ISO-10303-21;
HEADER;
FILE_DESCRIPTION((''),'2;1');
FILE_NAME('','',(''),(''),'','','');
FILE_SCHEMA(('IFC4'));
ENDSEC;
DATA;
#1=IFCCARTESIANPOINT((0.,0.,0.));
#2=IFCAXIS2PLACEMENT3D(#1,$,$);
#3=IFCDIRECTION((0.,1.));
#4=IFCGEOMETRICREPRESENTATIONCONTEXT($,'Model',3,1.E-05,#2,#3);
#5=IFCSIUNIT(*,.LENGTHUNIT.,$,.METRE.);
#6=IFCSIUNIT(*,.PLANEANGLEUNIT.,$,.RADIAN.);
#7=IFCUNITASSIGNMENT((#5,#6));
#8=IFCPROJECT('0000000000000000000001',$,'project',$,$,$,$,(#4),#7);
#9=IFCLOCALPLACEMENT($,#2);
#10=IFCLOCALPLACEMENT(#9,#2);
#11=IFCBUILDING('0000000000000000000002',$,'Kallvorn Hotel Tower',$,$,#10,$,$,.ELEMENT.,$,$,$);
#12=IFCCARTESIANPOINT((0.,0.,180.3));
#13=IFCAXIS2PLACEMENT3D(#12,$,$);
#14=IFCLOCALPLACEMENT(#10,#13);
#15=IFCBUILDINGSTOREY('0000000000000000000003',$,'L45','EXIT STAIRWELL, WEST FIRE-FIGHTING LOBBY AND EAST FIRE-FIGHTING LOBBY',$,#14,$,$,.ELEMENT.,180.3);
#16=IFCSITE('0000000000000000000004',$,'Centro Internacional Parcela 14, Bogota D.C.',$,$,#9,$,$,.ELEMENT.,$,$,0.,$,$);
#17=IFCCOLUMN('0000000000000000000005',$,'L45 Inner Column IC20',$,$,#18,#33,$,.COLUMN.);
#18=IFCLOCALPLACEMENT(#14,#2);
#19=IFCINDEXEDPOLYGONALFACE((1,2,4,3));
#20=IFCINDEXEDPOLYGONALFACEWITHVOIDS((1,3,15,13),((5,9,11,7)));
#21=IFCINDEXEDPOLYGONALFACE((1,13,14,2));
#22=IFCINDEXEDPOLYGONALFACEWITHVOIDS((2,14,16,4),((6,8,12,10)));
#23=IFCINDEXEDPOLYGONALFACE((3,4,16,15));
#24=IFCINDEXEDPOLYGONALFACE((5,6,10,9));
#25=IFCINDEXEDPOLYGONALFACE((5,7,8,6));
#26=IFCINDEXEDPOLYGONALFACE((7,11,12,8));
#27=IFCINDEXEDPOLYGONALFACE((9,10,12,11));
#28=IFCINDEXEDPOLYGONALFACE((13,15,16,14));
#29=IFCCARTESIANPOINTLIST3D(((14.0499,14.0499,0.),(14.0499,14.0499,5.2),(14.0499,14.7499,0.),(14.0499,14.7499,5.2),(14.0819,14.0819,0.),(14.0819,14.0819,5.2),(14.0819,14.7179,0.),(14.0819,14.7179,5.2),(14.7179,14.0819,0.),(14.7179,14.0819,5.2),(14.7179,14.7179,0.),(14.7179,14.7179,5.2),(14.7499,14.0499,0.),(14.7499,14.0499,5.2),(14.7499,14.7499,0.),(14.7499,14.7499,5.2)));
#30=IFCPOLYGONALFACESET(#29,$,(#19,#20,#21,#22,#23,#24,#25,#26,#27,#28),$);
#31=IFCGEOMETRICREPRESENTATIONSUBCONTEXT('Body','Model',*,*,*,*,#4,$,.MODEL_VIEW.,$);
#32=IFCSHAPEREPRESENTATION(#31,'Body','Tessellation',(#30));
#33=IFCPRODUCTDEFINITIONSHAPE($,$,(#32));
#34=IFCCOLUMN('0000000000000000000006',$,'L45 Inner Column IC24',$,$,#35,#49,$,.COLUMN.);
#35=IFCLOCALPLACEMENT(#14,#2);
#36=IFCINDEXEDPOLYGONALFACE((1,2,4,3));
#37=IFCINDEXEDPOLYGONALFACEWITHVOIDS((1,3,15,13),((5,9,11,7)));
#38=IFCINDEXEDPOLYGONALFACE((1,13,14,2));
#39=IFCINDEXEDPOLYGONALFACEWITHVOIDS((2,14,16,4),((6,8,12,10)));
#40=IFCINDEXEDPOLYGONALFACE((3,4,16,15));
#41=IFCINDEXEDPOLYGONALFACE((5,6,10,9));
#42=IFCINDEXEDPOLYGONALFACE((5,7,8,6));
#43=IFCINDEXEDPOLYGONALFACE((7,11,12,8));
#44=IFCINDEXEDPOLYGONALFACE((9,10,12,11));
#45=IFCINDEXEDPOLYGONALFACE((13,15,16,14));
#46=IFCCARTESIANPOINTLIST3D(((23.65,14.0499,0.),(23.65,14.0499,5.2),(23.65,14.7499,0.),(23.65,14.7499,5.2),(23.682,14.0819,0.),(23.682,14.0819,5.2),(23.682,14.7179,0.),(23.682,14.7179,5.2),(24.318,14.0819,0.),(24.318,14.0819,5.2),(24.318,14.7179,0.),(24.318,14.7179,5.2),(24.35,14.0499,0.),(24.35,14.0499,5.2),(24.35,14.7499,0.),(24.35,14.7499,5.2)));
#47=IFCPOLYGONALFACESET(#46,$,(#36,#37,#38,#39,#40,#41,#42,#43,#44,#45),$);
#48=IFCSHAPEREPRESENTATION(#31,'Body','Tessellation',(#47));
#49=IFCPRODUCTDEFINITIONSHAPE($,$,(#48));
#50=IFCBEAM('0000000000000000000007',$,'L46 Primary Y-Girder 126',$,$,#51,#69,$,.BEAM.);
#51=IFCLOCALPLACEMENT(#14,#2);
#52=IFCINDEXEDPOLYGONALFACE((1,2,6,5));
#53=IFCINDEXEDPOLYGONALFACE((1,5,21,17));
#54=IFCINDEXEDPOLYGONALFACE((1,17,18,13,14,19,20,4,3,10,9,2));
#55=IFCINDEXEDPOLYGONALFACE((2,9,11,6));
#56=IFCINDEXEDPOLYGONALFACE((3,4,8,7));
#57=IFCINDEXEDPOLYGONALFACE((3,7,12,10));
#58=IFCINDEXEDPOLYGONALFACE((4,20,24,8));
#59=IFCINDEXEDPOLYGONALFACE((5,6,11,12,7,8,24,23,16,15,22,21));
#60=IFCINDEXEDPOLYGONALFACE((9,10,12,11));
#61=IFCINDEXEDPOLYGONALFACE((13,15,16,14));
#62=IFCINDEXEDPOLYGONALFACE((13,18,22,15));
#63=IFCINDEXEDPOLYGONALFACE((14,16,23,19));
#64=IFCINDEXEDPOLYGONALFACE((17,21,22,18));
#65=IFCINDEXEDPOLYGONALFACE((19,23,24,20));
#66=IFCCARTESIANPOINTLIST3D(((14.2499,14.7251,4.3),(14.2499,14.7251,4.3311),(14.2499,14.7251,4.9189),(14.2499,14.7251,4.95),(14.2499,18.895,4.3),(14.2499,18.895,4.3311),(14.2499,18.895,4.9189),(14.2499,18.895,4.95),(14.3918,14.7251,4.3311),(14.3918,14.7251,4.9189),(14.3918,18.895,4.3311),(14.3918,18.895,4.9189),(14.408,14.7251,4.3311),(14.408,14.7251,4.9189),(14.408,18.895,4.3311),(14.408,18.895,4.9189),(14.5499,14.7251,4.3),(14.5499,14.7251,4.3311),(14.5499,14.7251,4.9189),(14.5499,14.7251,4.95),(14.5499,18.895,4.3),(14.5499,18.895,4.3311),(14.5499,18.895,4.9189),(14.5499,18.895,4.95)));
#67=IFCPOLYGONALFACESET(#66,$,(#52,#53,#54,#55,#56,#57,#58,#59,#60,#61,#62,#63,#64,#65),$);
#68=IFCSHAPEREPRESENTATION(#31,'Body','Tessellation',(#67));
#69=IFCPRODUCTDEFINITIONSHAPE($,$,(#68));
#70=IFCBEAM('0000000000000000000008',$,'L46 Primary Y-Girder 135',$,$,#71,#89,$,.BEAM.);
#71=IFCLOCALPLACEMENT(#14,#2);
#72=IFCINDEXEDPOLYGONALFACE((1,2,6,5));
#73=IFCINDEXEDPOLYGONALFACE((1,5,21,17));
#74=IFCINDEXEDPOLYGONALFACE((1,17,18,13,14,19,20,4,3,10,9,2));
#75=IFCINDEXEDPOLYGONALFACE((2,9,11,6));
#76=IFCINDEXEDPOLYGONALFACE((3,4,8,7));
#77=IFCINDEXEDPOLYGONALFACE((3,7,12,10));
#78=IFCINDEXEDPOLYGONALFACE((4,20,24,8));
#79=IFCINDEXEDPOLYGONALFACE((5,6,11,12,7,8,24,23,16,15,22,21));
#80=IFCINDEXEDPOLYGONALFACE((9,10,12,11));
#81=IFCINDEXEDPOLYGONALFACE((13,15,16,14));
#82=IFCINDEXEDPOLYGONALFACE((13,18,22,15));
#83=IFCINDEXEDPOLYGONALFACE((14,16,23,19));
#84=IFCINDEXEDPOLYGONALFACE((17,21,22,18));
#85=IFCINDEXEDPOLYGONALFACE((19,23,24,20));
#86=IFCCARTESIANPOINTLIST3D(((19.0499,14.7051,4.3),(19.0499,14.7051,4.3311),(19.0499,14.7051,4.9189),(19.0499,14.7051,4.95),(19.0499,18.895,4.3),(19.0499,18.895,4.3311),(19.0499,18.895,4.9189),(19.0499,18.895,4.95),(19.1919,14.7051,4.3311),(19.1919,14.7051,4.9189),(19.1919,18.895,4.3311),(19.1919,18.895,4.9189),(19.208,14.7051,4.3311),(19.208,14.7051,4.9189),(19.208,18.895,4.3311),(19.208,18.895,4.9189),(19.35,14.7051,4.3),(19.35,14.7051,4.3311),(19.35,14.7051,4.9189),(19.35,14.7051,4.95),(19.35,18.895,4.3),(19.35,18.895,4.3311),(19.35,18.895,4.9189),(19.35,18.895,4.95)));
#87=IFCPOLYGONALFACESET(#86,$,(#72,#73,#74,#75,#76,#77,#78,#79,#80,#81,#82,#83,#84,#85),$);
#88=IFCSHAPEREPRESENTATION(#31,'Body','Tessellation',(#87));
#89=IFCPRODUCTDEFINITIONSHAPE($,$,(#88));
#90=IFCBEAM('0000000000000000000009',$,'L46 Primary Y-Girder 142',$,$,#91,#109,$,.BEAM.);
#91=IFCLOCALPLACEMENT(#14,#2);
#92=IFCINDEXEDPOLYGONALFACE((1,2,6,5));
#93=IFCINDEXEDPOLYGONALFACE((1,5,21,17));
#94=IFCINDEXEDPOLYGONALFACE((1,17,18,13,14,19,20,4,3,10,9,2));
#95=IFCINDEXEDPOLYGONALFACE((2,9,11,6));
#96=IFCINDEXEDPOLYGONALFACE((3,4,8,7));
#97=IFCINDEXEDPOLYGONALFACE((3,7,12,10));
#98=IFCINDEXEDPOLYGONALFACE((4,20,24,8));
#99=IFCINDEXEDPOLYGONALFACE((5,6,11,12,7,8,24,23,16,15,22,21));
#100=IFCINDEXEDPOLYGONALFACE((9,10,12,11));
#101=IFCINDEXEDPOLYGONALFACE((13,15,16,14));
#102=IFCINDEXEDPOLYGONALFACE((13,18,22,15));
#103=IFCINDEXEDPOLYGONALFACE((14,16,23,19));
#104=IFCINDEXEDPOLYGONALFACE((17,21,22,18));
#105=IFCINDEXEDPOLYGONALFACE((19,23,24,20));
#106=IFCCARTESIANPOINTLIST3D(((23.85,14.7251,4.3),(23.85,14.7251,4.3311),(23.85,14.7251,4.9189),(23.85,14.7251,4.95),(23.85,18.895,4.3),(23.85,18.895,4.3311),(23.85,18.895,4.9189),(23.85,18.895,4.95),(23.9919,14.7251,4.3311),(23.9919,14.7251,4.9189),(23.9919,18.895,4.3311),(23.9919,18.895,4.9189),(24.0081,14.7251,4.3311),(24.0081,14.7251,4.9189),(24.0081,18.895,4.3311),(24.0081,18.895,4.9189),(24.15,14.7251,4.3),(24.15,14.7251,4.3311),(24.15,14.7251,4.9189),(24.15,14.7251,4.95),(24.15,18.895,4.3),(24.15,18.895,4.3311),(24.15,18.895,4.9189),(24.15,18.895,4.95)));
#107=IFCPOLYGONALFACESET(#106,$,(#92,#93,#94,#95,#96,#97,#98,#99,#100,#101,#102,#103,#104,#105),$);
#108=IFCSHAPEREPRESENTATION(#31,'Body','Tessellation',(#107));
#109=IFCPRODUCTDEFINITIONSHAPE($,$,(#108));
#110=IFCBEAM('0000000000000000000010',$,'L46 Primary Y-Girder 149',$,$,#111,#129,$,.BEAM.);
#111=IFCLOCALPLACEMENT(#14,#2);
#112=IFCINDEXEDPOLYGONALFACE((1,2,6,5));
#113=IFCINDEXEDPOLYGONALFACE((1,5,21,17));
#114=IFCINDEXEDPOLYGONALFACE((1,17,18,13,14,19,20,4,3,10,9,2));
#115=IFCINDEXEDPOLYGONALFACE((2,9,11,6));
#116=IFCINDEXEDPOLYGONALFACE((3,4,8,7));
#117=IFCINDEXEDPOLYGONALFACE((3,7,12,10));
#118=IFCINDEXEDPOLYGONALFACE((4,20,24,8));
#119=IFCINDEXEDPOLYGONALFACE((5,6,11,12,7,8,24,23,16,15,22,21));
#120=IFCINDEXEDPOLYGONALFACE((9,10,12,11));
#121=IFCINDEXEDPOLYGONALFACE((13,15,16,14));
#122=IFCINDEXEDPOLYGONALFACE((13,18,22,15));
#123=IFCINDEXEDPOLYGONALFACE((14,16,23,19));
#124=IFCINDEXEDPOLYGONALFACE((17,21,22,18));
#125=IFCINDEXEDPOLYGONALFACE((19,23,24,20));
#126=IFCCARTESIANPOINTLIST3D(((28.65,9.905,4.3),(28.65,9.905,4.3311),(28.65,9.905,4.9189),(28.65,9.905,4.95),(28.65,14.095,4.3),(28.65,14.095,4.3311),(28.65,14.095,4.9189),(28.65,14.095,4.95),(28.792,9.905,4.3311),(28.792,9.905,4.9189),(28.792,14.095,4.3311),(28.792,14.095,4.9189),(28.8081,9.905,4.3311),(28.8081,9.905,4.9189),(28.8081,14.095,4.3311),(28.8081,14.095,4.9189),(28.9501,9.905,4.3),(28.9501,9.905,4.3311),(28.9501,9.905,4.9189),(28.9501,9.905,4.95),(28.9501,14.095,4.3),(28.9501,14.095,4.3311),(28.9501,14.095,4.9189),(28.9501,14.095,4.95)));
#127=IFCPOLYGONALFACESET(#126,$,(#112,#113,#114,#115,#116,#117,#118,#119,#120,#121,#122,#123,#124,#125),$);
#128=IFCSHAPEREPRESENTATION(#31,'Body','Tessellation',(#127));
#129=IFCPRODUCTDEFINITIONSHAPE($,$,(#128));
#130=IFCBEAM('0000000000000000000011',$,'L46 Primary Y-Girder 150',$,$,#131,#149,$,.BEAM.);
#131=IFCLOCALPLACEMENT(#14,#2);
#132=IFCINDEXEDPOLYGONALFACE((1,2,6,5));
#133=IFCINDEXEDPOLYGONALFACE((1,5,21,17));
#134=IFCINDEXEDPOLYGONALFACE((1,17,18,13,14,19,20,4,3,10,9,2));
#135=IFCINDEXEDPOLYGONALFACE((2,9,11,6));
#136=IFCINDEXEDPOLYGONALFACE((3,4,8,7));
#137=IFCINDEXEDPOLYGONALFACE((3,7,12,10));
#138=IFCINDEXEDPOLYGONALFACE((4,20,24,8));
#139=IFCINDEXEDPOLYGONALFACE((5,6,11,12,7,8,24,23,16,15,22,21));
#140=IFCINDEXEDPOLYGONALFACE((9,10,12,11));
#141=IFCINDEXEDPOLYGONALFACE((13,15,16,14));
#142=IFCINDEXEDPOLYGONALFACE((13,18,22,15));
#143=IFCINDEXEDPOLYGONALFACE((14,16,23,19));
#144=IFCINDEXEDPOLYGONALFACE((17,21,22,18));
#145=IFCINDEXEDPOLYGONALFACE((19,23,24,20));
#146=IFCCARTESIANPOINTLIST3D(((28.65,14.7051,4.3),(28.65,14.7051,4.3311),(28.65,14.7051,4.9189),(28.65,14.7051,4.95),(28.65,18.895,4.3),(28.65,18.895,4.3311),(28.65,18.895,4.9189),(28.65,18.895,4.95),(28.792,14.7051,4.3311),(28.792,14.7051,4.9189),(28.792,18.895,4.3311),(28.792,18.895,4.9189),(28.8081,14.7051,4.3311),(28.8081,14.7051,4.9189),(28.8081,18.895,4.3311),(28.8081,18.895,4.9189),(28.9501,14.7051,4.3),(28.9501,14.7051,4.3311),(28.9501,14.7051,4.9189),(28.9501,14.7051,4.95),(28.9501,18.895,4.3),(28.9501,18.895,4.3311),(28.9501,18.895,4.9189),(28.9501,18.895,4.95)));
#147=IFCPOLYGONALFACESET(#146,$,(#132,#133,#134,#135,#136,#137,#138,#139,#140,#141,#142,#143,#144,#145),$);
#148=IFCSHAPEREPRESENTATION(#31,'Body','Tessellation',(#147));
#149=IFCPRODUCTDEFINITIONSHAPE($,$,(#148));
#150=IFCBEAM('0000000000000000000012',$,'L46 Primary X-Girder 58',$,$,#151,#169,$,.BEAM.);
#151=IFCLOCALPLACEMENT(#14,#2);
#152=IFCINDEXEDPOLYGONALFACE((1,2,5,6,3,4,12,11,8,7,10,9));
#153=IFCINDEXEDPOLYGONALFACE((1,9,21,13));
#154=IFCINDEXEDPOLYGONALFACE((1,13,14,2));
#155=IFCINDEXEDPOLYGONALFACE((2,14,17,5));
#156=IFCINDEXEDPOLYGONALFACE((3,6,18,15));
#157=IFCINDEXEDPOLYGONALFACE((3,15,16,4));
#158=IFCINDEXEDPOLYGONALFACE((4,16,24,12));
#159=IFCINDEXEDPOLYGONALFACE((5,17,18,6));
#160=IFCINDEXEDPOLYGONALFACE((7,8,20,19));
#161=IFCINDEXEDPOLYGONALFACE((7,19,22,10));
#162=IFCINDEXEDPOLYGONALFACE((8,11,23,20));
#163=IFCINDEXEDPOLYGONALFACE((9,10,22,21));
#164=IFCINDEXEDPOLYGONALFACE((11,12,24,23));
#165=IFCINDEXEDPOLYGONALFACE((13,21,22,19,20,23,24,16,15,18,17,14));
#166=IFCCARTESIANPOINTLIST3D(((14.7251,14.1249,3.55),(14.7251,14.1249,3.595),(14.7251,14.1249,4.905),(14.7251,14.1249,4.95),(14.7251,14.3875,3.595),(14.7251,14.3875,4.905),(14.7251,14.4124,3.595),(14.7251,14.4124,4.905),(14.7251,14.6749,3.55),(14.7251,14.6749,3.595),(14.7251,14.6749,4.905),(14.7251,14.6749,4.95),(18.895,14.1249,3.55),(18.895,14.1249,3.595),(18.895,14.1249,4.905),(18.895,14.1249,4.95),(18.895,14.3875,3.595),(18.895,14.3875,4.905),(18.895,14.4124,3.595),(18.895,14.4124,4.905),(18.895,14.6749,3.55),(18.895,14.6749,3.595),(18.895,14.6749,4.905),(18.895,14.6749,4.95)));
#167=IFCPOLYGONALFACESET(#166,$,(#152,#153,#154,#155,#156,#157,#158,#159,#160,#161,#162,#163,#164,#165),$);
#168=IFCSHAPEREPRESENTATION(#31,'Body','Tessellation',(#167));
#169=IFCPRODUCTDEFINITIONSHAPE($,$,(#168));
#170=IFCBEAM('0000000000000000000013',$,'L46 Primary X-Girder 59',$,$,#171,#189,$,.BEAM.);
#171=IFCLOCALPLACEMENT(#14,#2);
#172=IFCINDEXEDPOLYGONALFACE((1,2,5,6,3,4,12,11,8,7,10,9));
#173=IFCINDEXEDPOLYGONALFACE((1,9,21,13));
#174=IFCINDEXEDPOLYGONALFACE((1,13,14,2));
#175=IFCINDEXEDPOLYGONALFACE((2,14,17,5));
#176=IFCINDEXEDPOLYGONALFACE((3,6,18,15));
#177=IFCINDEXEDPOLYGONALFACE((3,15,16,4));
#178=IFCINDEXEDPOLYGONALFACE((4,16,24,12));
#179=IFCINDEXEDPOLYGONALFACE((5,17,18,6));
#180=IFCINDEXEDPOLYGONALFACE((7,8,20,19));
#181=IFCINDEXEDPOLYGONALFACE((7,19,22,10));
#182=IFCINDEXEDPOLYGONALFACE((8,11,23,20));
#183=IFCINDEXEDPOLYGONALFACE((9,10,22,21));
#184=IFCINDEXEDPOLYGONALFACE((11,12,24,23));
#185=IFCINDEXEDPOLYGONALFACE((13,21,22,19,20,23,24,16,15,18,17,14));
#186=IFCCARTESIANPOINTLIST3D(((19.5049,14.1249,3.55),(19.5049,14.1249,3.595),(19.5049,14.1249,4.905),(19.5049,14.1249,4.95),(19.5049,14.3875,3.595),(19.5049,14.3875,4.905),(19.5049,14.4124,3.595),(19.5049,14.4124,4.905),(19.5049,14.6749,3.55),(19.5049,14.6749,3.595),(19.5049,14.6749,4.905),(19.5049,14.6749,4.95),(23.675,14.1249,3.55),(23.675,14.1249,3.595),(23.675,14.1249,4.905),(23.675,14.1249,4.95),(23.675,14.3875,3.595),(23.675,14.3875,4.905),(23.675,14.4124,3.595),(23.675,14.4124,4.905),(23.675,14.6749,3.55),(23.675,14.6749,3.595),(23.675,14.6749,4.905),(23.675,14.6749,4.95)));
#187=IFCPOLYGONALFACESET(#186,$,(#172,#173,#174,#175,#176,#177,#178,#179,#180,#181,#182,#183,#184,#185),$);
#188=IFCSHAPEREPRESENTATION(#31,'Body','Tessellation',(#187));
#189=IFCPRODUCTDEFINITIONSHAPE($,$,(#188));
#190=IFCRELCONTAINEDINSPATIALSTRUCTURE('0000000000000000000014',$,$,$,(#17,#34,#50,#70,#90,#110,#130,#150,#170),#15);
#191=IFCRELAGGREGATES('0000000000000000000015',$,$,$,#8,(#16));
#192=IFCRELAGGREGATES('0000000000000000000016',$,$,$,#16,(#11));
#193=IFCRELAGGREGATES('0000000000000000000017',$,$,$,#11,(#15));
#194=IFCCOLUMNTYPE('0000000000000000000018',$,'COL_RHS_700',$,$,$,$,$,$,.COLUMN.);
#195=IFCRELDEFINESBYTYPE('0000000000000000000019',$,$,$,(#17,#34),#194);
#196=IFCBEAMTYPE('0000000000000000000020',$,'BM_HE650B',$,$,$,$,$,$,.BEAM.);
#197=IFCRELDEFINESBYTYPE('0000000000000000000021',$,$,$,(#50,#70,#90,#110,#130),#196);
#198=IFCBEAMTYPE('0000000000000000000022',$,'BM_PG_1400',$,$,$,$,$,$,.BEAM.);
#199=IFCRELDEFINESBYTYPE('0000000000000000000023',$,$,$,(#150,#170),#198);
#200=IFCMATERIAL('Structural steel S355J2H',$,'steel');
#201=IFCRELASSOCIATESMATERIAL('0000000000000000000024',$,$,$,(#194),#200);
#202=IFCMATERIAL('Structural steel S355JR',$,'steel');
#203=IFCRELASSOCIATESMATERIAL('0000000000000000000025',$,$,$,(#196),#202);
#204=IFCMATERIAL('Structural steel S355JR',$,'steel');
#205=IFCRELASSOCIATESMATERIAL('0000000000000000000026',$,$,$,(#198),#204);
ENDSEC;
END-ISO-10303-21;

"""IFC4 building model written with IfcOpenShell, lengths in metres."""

from ifc_helpers import new_model, si_unit, direction, frame, origin, origin_2d, place, context, subcontext, project, spatial, hollow_rectangle, i_section, extrude, material, material_profile, profile_set, type_object, element, save


model = new_model("IFC4")

# Units and contexts
model_context = context("Model", 3, precision=1e-05, world=origin(), true_north=direction((0.0, 1.0)))
body_context = subcontext(model_context, "Body", "Model", "MODEL_VIEW")
ifc_project = project(units=[si_unit("LENGTHUNIT", "METRE"), si_unit("PLANEANGLEUNIT", "RADIAN")], contexts=[model_context])

# Site, building, storey
site_placement = place(None, origin())
site = spatial("IfcSite", under=ifc_project, at=site_placement, Name="Centro Internacional Parcela 14, Bogota D.C.", CompositionType="ELEMENT", RefElevation=0.0)
building_placement = place(site_placement, origin())
building = spatial("IfcBuilding", under=site, at=building_placement, Name="Kallvorn Hotel Tower", CompositionType="ELEMENT")
storey_placement = place(building_placement, frame((0.0, 0.0, 180.3)))
storey = spatial("IfcBuildingStorey", under=building, at=storey_placement, Name="L45", Description="EXIT STAIRWELL, WEST FIRE-FIGHTING LOBBY AND EAST FIRE-FIGHTING LOBBY", CompositionType="ELEMENT", Elevation=180.3)

# Columns
ifc_material_1 = material(Name="Structural steel S355J2H", Category="steel")
ifc_material_profile_1 = material_profile(ifc_material_1, hollow_rectangle(XDim=0.7, YDim=0.7, WallThickness=0.032, at=origin_2d()), Name="RHS 700x700x32")
ifc_profile_set_1 = profile_set([ifc_material_profile_1], Name="Structural steel S355J2H")
column_type_1 = type_object("IfcColumnType", Name="COL_RHS_700", PredefinedType="COLUMN", material=ifc_profile_set_1)
for number, where, z_axis, x_axis, name in (
    (1, (14.3999, 14.3999, 0.0), (0.0, 0.0, 1.0), (1.0, 0.0, 0.0), "L45 Inner Column IC20"),
    (2, (24.0, 14.3999, 0.0), (0.0, 0.0, 1.0), (1.0, 0.0, 0.0), "L45 Inner Column IC24"),
):
    element("IfcColumn", number, at=place(storey_placement, frame(where, z_axis=z_axis, x_axis=x_axis)), inside=storey, type_object=column_type_1, Name=name, PredefinedType="COLUMN", context=body_context, shape_type="SweptSolid", body=[
        extrude(hollow_rectangle(XDim=0.7, YDim=0.7, WallThickness=0.032, at=origin_2d()), origin(), (0.0, 0.0, 1.0), 5.2),
    ])

# Beams
ifc_material_2 = material(Name="Structural steel S355JR", Category="steel")
ifc_material_profile_2 = material_profile(ifc_material_2, i_section(OverallWidth=0.3, OverallDepth=0.6499, WebThickness=0.0161, FlangeThickness=0.031, at=origin_2d()), Name="HE 650 B")
ifc_profile_set_2 = profile_set([ifc_material_profile_2], Name="Structural steel S355JR")
beam_type_1 = type_object("IfcBeamType", Name="BM_HE650B", PredefinedType="BEAM", material=ifc_profile_set_2)
beam_1_placement = place(storey_placement, frame((14.3999, 14.7251, 4.625), z_axis=(0.0, 1.0, 0.0), x_axis=(-1.0, 0.0, 0.0)))
element("IfcBeam", 3, at=beam_1_placement, inside=storey, type_object=beam_type_1, Name="L46 Primary Y-Girder 126", PredefinedType="BEAM", context=body_context, shape_type="SweptSolid", body=[
    extrude(i_section(OverallWidth=0.3, OverallDepth=0.6499, WebThickness=0.0161, FlangeThickness=0.031, at=origin_2d()), origin(), (0.0, 0.0, 1.0), 4.1699),
])
beam_2_placement = place(storey_placement, frame((19.2, 14.7051, 4.625), z_axis=(0.0, 1.0, 0.0), x_axis=(-1.0, 0.0, 0.0)))
element("IfcBeam", 4, at=beam_2_placement, inside=storey, type_object=beam_type_1, Name="L46 Primary Y-Girder 135", PredefinedType="BEAM", context=body_context, shape_type="SweptSolid", body=[
    extrude(i_section(OverallWidth=0.3, OverallDepth=0.6499, WebThickness=0.0161, FlangeThickness=0.031, at=origin_2d()), origin(), (0.0, 0.0, 1.0), 4.1899),
])
beam_3_placement = place(storey_placement, frame((24.0, 14.7251, 4.625), z_axis=(0.0, 1.0, 0.0), x_axis=(-1.0, 0.0, 0.0)))
element("IfcBeam", 5, at=beam_3_placement, inside=storey, type_object=beam_type_1, Name="L46 Primary Y-Girder 142", PredefinedType="BEAM", context=body_context, shape_type="SweptSolid", body=[
    extrude(i_section(OverallWidth=0.3, OverallDepth=0.6499, WebThickness=0.0161, FlangeThickness=0.031, at=origin_2d()), origin(), (0.0, 0.0, 1.0), 4.1699),
])
for number, where, z_axis, x_axis, name in (
    (6, (28.8, 9.905, 4.625), (0.0, 1.0, 0.0), (-1.0, 0.0, 0.0), "L46 Primary Y-Girder 149"),
    (7, (28.8, 14.7051, 4.625), (0.0, 1.0, 0.0), (-1.0, 0.0, 0.0), "L46 Primary Y-Girder 150"),
):
    element("IfcBeam", number, at=place(storey_placement, frame(where, z_axis=z_axis, x_axis=x_axis)), inside=storey, type_object=beam_type_1, Name=name, PredefinedType="BEAM", context=body_context, shape_type="SweptSolid", body=[
        extrude(i_section(OverallWidth=0.3, OverallDepth=0.6499, WebThickness=0.0161, FlangeThickness=0.031, at=origin_2d()), origin(), (0.0, 0.0, 1.0), 4.1899),
    ])
ifc_material_3 = material(Name="Structural steel S355JR", Category="steel")
ifc_material_profile_3 = material_profile(ifc_material_3, i_section(OverallWidth=0.55, OverallDepth=1.3999, WebThickness=0.0249, FlangeThickness=0.0449, at=origin_2d()), Name="PG 1400x550x25x45")
ifc_profile_set_3 = profile_set([ifc_material_profile_3], Name="Structural steel S355JR")
beam_type_2 = type_object("IfcBeamType", Name="BM_PG_1400", PredefinedType="BEAM", material=ifc_profile_set_3)
beam_4_placement = place(storey_placement, frame((14.7251, 14.3999, 4.25), z_axis=(1.0, 0.0, 0.0), x_axis=(0.0, 1.0, 0.0)))
element("IfcBeam", 8, at=beam_4_placement, inside=storey, type_object=beam_type_2, Name="L46 Primary X-Girder 58", PredefinedType="BEAM", context=body_context, shape_type="SweptSolid", body=[
    extrude(i_section(OverallWidth=0.55, OverallDepth=1.3999, WebThickness=0.0249, FlangeThickness=0.0449, at=origin_2d()), origin(), (0.0, 0.0, 1.0), 4.1699),
])
for number, where, z_axis, x_axis, name in (
    (9, (19.5049, 14.3999, 4.25), (1.0, 0.0, 0.0), (0.0, 1.0, 0.0), "L46 Primary X-Girder 59"),
):
    element("IfcBeam", number, at=place(storey_placement, frame(where, z_axis=z_axis, x_axis=x_axis)), inside=storey, type_object=beam_type_2, Name=name, PredefinedType="BEAM", context=body_context, shape_type="SweptSolid", body=[
        extrude(i_section(OverallWidth=0.55, OverallDepth=1.3999, WebThickness=0.0249, FlangeThickness=0.0449, at=origin_2d()), origin(), (0.0, 0.0, 1.0), 4.1702),
    ])

save(model, "model.ifc")
